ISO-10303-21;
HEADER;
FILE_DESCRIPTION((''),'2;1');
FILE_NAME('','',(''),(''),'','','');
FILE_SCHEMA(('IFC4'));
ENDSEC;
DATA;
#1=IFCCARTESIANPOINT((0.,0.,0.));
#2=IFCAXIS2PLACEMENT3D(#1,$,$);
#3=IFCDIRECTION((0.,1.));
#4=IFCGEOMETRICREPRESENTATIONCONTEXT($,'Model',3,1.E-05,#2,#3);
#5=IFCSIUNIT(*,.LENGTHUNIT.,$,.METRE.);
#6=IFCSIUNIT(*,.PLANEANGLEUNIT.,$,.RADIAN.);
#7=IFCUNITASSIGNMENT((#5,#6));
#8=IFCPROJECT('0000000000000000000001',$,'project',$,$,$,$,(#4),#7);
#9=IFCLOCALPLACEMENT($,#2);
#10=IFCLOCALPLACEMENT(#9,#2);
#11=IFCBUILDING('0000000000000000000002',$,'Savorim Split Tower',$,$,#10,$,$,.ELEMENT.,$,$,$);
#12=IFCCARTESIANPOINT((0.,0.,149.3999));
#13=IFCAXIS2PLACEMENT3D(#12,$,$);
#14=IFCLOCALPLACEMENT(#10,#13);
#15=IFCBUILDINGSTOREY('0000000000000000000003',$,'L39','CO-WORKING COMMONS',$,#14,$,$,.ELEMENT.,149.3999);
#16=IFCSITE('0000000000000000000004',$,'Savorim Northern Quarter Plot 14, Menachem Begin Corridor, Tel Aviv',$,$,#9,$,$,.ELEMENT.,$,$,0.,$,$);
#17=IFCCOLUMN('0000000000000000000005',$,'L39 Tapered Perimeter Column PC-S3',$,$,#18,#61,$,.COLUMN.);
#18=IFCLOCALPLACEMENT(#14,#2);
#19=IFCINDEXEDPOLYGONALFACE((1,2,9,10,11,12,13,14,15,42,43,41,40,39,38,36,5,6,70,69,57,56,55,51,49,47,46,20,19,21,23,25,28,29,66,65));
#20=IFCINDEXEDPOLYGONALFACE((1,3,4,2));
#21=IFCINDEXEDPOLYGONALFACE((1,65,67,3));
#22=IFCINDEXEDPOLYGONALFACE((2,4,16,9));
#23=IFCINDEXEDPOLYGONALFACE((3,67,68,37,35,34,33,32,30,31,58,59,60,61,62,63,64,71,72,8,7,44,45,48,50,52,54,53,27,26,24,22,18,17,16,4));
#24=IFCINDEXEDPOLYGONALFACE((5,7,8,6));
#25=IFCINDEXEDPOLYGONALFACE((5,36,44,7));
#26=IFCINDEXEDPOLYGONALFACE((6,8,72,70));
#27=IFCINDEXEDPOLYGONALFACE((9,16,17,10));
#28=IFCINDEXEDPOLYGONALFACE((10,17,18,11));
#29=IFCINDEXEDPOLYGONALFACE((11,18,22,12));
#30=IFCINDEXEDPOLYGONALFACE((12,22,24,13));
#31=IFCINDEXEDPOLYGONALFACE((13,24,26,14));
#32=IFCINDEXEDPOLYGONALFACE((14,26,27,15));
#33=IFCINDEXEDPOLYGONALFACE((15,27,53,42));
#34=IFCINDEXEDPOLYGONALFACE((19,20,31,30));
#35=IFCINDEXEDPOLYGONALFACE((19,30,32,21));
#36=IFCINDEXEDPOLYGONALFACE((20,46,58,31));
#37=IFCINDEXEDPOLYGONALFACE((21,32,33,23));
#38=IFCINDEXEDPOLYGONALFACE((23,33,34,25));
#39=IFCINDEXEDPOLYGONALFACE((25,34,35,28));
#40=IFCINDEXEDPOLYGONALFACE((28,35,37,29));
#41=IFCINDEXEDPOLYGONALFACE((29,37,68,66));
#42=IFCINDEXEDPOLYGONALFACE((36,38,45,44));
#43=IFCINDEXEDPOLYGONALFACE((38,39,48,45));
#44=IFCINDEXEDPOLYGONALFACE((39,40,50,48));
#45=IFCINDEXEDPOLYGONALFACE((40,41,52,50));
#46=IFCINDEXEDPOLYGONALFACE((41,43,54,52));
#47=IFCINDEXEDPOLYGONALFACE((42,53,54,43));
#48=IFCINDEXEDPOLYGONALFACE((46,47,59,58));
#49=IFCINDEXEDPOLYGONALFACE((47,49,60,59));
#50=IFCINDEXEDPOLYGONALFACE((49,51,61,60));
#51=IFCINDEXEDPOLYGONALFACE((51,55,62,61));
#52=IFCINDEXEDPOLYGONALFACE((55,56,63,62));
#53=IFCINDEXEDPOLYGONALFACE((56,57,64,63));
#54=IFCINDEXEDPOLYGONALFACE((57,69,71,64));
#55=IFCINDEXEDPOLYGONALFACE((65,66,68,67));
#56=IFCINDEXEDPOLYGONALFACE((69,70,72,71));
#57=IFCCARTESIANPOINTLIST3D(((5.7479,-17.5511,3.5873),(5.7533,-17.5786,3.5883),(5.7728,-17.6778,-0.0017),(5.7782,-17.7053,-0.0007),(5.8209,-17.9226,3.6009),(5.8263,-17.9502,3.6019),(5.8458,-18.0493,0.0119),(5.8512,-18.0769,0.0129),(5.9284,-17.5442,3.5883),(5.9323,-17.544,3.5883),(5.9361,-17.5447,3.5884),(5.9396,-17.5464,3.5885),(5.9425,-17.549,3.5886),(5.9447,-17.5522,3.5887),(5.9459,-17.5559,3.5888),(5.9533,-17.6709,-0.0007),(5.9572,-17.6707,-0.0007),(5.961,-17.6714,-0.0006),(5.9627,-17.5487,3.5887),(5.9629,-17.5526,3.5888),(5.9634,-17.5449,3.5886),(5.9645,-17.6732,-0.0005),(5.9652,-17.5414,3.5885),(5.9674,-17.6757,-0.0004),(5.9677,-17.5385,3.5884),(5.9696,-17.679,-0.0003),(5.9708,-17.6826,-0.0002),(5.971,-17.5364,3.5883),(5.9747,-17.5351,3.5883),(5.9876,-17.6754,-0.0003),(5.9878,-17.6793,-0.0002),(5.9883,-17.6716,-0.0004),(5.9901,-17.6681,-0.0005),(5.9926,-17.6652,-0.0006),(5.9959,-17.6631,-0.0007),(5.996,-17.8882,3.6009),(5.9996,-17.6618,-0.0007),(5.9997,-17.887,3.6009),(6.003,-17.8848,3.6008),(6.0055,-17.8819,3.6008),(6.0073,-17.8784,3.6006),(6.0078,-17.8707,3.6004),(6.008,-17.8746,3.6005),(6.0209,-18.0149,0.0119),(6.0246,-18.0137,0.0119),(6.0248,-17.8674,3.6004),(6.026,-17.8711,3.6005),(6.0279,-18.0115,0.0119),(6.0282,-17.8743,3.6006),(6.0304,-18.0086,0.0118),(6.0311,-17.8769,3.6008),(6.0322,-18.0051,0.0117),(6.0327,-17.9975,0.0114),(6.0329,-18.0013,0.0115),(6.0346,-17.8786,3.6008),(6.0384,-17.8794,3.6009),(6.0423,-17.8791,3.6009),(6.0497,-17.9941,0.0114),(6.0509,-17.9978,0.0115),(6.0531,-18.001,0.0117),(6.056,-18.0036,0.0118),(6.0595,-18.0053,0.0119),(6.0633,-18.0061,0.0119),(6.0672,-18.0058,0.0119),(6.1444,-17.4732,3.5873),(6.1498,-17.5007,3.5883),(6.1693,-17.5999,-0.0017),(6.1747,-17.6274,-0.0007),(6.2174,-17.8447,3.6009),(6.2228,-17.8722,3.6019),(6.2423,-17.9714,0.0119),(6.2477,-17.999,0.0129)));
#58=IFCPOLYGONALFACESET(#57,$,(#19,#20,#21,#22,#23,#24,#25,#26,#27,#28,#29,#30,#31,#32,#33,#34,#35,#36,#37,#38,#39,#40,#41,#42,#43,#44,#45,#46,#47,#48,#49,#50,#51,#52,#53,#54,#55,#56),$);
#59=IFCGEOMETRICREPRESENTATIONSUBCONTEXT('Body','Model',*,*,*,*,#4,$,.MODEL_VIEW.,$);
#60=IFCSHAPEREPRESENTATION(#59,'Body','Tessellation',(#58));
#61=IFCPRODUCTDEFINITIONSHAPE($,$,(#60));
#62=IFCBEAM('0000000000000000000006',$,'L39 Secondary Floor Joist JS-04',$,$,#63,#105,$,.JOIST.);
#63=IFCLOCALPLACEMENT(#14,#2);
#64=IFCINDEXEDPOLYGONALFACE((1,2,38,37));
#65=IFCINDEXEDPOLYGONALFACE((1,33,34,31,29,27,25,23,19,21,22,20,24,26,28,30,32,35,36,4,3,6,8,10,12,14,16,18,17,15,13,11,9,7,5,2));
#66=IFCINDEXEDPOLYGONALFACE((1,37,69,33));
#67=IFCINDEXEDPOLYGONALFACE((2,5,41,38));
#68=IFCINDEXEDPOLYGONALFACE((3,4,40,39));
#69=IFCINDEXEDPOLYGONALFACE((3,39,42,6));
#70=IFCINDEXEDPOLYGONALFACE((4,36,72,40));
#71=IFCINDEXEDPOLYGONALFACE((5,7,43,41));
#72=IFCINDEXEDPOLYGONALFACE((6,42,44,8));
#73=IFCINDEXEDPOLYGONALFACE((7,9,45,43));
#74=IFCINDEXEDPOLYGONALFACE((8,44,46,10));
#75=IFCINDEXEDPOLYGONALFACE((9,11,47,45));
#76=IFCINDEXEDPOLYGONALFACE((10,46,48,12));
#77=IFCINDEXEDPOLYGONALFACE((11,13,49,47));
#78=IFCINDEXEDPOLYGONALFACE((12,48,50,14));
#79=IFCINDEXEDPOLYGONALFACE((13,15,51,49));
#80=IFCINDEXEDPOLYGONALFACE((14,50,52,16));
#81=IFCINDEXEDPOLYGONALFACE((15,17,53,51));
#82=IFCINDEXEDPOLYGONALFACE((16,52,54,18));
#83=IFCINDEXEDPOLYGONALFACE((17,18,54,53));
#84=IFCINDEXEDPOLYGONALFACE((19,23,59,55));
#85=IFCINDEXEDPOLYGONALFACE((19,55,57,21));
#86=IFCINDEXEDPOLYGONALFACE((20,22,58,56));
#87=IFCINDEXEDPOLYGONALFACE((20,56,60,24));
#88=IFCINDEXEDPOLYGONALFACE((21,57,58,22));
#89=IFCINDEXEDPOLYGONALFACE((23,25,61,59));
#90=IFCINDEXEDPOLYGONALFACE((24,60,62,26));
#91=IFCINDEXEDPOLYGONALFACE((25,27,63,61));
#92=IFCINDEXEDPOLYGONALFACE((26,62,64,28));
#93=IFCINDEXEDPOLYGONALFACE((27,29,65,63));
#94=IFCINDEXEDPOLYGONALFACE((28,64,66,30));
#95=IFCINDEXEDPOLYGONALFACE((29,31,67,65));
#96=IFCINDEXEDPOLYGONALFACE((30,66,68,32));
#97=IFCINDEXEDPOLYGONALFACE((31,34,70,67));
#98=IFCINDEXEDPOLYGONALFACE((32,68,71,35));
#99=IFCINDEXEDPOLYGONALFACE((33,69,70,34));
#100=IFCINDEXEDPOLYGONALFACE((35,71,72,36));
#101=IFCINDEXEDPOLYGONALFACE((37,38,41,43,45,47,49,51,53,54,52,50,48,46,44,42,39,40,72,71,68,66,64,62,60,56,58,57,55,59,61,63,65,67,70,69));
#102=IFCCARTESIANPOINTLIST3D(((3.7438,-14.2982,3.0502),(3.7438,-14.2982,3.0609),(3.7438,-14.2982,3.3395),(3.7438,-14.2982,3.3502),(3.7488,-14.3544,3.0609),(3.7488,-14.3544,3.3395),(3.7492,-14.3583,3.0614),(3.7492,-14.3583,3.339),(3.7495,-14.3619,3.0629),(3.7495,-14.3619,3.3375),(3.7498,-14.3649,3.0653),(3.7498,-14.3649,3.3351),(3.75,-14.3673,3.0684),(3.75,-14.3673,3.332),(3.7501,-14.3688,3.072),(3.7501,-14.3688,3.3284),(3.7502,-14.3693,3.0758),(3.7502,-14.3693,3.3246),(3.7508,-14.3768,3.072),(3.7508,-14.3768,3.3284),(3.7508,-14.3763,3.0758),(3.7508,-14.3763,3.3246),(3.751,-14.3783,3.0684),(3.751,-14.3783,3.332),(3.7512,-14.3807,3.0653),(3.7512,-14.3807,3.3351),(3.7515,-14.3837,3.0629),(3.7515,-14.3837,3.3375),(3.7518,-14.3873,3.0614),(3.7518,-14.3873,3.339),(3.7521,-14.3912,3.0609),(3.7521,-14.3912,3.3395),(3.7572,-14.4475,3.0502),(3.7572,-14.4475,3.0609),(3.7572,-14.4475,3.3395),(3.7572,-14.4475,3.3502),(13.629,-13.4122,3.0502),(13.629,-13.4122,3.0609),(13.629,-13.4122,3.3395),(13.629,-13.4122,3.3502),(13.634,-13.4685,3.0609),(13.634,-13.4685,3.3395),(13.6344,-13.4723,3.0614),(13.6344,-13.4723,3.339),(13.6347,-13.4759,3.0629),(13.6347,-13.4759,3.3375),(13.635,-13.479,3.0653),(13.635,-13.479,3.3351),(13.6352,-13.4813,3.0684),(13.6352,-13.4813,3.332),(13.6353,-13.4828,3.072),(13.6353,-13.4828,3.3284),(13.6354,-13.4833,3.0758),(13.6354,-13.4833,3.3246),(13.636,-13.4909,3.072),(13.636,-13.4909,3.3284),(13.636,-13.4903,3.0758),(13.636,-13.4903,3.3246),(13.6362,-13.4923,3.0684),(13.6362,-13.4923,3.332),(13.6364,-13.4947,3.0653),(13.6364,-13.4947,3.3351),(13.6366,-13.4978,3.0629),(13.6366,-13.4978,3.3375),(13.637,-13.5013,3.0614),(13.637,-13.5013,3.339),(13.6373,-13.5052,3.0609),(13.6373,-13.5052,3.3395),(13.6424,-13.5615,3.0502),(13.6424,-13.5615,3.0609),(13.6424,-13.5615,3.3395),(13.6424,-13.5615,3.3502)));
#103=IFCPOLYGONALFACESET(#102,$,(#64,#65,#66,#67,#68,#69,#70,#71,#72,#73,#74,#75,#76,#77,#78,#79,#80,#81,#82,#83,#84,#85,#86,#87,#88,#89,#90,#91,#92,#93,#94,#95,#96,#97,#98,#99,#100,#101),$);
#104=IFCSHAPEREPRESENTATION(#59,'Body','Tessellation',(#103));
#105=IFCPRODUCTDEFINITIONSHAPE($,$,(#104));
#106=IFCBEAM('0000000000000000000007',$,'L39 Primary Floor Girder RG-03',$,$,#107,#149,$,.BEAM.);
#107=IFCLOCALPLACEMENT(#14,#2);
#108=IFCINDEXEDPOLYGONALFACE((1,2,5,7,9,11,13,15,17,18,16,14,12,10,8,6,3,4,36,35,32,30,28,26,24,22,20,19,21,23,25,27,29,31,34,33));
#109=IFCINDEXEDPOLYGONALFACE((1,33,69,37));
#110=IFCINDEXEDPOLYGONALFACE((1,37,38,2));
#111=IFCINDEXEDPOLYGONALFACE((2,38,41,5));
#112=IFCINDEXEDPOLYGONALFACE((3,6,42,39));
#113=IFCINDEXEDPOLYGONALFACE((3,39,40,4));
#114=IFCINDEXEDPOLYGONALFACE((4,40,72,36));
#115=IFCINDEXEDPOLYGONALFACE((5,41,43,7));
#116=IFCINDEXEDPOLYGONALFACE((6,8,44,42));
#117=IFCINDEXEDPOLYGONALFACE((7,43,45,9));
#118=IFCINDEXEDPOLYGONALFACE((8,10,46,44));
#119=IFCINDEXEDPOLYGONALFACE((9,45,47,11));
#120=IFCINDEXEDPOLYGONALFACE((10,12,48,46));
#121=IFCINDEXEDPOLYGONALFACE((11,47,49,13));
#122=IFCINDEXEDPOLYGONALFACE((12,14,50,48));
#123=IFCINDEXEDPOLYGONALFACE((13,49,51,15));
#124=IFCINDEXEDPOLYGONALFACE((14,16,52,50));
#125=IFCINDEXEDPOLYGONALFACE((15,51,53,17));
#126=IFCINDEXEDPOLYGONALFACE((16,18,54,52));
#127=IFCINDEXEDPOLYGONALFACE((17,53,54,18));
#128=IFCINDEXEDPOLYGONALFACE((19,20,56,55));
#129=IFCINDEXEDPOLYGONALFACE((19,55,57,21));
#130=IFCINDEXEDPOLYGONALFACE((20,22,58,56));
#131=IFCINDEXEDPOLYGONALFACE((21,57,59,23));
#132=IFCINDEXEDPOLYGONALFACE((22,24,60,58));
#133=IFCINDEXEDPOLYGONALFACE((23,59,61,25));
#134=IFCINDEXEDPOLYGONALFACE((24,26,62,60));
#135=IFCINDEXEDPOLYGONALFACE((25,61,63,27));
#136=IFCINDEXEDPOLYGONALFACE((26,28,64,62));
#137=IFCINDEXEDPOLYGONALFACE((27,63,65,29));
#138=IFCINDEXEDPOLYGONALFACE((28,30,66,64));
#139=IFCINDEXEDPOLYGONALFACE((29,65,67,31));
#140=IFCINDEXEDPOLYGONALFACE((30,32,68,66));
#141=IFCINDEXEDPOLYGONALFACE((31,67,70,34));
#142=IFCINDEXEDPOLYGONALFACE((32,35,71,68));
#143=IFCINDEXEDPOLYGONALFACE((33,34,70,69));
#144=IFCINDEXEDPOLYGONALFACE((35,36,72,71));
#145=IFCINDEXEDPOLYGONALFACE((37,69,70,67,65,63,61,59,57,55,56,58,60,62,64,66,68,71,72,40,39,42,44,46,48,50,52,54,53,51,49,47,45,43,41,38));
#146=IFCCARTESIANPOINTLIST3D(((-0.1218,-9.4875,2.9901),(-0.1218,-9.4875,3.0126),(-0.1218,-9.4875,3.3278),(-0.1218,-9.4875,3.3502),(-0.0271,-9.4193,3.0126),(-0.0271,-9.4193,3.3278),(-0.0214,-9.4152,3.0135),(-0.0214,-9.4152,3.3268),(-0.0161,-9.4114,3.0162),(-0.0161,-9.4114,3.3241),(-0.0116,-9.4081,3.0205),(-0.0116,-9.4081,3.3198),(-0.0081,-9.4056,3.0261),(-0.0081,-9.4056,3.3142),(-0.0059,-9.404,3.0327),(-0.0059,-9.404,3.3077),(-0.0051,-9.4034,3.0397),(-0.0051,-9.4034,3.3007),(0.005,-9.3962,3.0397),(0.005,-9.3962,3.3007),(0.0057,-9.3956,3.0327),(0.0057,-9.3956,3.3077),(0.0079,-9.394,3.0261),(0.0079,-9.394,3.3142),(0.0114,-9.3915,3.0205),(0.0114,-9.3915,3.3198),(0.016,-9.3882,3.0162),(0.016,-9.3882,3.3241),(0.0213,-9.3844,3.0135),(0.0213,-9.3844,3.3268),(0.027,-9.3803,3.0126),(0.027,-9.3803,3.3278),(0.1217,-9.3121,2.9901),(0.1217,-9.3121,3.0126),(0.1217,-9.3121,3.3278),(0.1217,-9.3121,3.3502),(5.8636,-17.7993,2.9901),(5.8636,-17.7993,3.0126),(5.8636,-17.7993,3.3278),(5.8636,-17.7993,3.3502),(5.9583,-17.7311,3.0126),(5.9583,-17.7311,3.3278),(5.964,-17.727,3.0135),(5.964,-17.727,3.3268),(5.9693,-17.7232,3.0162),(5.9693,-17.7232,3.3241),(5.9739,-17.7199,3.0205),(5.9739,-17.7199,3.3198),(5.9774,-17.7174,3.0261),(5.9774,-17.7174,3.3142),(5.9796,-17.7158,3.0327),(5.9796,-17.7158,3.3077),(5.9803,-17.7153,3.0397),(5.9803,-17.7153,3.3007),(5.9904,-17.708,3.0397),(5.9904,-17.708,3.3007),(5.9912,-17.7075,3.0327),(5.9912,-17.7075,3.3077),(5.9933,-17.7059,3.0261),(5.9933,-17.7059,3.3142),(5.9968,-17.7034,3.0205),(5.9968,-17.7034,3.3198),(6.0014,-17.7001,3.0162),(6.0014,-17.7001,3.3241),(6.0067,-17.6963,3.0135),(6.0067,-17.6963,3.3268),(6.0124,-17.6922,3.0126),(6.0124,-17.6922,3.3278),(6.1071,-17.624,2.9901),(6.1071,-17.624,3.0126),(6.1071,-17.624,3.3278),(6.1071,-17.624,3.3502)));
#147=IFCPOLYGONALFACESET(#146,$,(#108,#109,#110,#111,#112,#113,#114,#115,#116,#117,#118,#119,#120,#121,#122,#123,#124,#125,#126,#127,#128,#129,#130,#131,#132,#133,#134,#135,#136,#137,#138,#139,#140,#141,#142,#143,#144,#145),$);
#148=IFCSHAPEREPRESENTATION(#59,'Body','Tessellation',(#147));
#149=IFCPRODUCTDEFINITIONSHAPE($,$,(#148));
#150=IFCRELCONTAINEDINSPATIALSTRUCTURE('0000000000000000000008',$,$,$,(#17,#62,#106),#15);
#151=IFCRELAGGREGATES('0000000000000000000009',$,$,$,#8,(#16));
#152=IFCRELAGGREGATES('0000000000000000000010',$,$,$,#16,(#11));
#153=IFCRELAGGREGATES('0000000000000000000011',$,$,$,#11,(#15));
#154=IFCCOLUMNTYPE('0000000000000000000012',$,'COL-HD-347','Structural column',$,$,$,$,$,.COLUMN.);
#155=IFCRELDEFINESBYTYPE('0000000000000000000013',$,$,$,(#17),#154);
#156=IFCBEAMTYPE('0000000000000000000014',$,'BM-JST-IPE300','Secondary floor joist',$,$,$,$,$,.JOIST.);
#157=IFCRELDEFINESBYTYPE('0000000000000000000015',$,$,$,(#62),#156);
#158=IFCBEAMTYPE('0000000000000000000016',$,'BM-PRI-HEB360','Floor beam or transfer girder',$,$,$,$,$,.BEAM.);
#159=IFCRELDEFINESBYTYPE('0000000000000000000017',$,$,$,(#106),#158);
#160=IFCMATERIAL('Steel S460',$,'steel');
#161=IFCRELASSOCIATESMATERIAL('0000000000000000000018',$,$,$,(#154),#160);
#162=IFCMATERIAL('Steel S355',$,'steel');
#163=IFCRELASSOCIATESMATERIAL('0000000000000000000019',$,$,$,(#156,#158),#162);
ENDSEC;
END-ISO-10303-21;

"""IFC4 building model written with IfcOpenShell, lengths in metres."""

from ifc_helpers import new_model, si_unit, direction, frame, origin, origin_2d, place, context, subcontext, project, spatial, i_section, extrude, material, material_profile, profile_set, type_object, element, save


model = new_model("IFC4")

# Units and contexts
model_context = context("Model", 3, precision=1e-05, world=origin(), true_north=direction((0.0, 1.0)))
body_context = subcontext(model_context, "Body", "Model", "MODEL_VIEW")
ifc_project = project(units=[si_unit("LENGTHUNIT", "METRE"), si_unit("PLANEANGLEUNIT", "RADIAN")], contexts=[model_context])

# Site, building, storey
site_placement = place(None, origin())
site = spatial("IfcSite", under=ifc_project, at=site_placement, Name="Savorim Northern Quarter Plot 14, Menachem Begin Corridor, Tel Aviv", CompositionType="ELEMENT", RefElevation=0.0)
building_placement = place(site_placement, origin())
building = spatial("IfcBuilding", under=site, at=building_placement, Name="Savorim Split Tower", CompositionType="ELEMENT")
storey_placement = place(building_placement, frame((0.0, 0.0, 149.3999)))
storey = spatial("IfcBuildingStorey", under=building, at=storey_placement, Name="L39", Description="CO-WORKING COMMONS", CompositionType="ELEMENT", Elevation=149.3999)

# Column
ifc_material_1 = material(Name="Steel S460", Category="steel")
ifc_material_profile_1 = material_profile(ifc_material_1, i_section(OverallWidth=0.4041, OverallDepth=0.407, WebThickness=0.0173, FlangeThickness=0.0281, FilletRadius=0.0149, at=origin_2d()), Name="HD 400x347")
ifc_profile_set_1 = profile_set([ifc_material_profile_1], Name="Steel S460")
column_type = type_object("IfcColumnType", Name="COL-HD-347", Description="Structural column", PredefinedType="COLUMN", material=ifc_profile_set_1)
column_placement = place(storey_placement, frame((6.0103, -17.8384, 0.0056), z_axis=(-0.006934, 0.035283, 0.999353), x_axis=(-0.98123, -0.192843, 0.0)))
element("IfcColumn", 1, at=column_placement, inside=storey, type_object=column_type, Name="L39 Tapered Perimeter Column PC-S3", PredefinedType="COLUMN", context=body_context, shape_type="SweptSolid", body=[
    extrude(i_section(OverallWidth=0.4041, OverallDepth=0.407, WebThickness=0.0173, FlangeThickness=0.0281, FilletRadius=0.0149, at=origin_2d()), origin(), (0.0, 0.0, 1.0), 3.5913),
])

# Beams
ifc_material_2 = material(Name="Steel S355", Category="steel")
ifc_material_profile_2 = material_profile(ifc_material_2, i_section(OverallWidth=0.1499, OverallDepth=0.3, WebThickness=0.0071, FlangeThickness=0.0107, FilletRadius=0.0149, at=origin_2d()), Name="IPE 300")
ifc_profile_set_2 = profile_set([ifc_material_profile_2], Name="Steel S355")
beam_type_1 = type_object("IfcBeamType", Name="BM-JST-IPE300", Description="Secondary floor joist", PredefinedType="JOIST", material=ifc_profile_set_2)
beam_1_placement = place(storey_placement, frame((3.7505, -14.3728, 3.2002), z_axis=(0.996008, 0.089269, 0.0), x_axis=(-0.089269, 0.996008, 0.0)))
element("IfcBeam", 2, at=beam_1_placement, inside=storey, type_object=beam_type_1, Name="L39 Secondary Floor Joist JS-04", PredefinedType="JOIST", context=body_context, shape_type="SweptSolid", body=[
    extrude(i_section(OverallWidth=0.1499, OverallDepth=0.3, WebThickness=0.0071, FlangeThickness=0.0107, FilletRadius=0.0149, at=origin_2d()), origin(), (0.0, 0.0, 1.0), 9.9248),
])
ifc_material_profile_3 = material_profile(ifc_material_2, i_section(OverallWidth=0.3, OverallDepth=0.3601, WebThickness=0.0125, FlangeThickness=0.0225, FilletRadius=0.0271, at=origin_2d()), Name="HEB 360")
ifc_profile_set_3 = profile_set([ifc_material_profile_3], Name="Steel S355")
beam_type_2 = type_object("IfcBeamType", Name="BM-PRI-HEB360", Description="Floor beam or transfer girder", PredefinedType="BEAM", material=ifc_profile_set_3)
beam_2_placement = place(storey_placement, frame((5.9854, -17.7117, 3.1702), z_axis=(-0.584361, 0.811494, 0.0), x_axis=(-0.811494, -0.584361, 0.0)))
element("IfcBeam", 3, at=beam_2_placement, inside=storey, type_object=beam_type_2, Name="L39 Primary Floor Girder RG-03", PredefinedType="BEAM", context=body_context, shape_type="SweptSolid", body=[
    extrude(i_section(OverallWidth=0.3, OverallDepth=0.3601, WebThickness=0.0125, FlangeThickness=0.0225, FilletRadius=0.0271, at=origin_2d()), origin(), (0.0, 0.0, 1.0), 10.2427),
])

save(model, "model.ifc")
